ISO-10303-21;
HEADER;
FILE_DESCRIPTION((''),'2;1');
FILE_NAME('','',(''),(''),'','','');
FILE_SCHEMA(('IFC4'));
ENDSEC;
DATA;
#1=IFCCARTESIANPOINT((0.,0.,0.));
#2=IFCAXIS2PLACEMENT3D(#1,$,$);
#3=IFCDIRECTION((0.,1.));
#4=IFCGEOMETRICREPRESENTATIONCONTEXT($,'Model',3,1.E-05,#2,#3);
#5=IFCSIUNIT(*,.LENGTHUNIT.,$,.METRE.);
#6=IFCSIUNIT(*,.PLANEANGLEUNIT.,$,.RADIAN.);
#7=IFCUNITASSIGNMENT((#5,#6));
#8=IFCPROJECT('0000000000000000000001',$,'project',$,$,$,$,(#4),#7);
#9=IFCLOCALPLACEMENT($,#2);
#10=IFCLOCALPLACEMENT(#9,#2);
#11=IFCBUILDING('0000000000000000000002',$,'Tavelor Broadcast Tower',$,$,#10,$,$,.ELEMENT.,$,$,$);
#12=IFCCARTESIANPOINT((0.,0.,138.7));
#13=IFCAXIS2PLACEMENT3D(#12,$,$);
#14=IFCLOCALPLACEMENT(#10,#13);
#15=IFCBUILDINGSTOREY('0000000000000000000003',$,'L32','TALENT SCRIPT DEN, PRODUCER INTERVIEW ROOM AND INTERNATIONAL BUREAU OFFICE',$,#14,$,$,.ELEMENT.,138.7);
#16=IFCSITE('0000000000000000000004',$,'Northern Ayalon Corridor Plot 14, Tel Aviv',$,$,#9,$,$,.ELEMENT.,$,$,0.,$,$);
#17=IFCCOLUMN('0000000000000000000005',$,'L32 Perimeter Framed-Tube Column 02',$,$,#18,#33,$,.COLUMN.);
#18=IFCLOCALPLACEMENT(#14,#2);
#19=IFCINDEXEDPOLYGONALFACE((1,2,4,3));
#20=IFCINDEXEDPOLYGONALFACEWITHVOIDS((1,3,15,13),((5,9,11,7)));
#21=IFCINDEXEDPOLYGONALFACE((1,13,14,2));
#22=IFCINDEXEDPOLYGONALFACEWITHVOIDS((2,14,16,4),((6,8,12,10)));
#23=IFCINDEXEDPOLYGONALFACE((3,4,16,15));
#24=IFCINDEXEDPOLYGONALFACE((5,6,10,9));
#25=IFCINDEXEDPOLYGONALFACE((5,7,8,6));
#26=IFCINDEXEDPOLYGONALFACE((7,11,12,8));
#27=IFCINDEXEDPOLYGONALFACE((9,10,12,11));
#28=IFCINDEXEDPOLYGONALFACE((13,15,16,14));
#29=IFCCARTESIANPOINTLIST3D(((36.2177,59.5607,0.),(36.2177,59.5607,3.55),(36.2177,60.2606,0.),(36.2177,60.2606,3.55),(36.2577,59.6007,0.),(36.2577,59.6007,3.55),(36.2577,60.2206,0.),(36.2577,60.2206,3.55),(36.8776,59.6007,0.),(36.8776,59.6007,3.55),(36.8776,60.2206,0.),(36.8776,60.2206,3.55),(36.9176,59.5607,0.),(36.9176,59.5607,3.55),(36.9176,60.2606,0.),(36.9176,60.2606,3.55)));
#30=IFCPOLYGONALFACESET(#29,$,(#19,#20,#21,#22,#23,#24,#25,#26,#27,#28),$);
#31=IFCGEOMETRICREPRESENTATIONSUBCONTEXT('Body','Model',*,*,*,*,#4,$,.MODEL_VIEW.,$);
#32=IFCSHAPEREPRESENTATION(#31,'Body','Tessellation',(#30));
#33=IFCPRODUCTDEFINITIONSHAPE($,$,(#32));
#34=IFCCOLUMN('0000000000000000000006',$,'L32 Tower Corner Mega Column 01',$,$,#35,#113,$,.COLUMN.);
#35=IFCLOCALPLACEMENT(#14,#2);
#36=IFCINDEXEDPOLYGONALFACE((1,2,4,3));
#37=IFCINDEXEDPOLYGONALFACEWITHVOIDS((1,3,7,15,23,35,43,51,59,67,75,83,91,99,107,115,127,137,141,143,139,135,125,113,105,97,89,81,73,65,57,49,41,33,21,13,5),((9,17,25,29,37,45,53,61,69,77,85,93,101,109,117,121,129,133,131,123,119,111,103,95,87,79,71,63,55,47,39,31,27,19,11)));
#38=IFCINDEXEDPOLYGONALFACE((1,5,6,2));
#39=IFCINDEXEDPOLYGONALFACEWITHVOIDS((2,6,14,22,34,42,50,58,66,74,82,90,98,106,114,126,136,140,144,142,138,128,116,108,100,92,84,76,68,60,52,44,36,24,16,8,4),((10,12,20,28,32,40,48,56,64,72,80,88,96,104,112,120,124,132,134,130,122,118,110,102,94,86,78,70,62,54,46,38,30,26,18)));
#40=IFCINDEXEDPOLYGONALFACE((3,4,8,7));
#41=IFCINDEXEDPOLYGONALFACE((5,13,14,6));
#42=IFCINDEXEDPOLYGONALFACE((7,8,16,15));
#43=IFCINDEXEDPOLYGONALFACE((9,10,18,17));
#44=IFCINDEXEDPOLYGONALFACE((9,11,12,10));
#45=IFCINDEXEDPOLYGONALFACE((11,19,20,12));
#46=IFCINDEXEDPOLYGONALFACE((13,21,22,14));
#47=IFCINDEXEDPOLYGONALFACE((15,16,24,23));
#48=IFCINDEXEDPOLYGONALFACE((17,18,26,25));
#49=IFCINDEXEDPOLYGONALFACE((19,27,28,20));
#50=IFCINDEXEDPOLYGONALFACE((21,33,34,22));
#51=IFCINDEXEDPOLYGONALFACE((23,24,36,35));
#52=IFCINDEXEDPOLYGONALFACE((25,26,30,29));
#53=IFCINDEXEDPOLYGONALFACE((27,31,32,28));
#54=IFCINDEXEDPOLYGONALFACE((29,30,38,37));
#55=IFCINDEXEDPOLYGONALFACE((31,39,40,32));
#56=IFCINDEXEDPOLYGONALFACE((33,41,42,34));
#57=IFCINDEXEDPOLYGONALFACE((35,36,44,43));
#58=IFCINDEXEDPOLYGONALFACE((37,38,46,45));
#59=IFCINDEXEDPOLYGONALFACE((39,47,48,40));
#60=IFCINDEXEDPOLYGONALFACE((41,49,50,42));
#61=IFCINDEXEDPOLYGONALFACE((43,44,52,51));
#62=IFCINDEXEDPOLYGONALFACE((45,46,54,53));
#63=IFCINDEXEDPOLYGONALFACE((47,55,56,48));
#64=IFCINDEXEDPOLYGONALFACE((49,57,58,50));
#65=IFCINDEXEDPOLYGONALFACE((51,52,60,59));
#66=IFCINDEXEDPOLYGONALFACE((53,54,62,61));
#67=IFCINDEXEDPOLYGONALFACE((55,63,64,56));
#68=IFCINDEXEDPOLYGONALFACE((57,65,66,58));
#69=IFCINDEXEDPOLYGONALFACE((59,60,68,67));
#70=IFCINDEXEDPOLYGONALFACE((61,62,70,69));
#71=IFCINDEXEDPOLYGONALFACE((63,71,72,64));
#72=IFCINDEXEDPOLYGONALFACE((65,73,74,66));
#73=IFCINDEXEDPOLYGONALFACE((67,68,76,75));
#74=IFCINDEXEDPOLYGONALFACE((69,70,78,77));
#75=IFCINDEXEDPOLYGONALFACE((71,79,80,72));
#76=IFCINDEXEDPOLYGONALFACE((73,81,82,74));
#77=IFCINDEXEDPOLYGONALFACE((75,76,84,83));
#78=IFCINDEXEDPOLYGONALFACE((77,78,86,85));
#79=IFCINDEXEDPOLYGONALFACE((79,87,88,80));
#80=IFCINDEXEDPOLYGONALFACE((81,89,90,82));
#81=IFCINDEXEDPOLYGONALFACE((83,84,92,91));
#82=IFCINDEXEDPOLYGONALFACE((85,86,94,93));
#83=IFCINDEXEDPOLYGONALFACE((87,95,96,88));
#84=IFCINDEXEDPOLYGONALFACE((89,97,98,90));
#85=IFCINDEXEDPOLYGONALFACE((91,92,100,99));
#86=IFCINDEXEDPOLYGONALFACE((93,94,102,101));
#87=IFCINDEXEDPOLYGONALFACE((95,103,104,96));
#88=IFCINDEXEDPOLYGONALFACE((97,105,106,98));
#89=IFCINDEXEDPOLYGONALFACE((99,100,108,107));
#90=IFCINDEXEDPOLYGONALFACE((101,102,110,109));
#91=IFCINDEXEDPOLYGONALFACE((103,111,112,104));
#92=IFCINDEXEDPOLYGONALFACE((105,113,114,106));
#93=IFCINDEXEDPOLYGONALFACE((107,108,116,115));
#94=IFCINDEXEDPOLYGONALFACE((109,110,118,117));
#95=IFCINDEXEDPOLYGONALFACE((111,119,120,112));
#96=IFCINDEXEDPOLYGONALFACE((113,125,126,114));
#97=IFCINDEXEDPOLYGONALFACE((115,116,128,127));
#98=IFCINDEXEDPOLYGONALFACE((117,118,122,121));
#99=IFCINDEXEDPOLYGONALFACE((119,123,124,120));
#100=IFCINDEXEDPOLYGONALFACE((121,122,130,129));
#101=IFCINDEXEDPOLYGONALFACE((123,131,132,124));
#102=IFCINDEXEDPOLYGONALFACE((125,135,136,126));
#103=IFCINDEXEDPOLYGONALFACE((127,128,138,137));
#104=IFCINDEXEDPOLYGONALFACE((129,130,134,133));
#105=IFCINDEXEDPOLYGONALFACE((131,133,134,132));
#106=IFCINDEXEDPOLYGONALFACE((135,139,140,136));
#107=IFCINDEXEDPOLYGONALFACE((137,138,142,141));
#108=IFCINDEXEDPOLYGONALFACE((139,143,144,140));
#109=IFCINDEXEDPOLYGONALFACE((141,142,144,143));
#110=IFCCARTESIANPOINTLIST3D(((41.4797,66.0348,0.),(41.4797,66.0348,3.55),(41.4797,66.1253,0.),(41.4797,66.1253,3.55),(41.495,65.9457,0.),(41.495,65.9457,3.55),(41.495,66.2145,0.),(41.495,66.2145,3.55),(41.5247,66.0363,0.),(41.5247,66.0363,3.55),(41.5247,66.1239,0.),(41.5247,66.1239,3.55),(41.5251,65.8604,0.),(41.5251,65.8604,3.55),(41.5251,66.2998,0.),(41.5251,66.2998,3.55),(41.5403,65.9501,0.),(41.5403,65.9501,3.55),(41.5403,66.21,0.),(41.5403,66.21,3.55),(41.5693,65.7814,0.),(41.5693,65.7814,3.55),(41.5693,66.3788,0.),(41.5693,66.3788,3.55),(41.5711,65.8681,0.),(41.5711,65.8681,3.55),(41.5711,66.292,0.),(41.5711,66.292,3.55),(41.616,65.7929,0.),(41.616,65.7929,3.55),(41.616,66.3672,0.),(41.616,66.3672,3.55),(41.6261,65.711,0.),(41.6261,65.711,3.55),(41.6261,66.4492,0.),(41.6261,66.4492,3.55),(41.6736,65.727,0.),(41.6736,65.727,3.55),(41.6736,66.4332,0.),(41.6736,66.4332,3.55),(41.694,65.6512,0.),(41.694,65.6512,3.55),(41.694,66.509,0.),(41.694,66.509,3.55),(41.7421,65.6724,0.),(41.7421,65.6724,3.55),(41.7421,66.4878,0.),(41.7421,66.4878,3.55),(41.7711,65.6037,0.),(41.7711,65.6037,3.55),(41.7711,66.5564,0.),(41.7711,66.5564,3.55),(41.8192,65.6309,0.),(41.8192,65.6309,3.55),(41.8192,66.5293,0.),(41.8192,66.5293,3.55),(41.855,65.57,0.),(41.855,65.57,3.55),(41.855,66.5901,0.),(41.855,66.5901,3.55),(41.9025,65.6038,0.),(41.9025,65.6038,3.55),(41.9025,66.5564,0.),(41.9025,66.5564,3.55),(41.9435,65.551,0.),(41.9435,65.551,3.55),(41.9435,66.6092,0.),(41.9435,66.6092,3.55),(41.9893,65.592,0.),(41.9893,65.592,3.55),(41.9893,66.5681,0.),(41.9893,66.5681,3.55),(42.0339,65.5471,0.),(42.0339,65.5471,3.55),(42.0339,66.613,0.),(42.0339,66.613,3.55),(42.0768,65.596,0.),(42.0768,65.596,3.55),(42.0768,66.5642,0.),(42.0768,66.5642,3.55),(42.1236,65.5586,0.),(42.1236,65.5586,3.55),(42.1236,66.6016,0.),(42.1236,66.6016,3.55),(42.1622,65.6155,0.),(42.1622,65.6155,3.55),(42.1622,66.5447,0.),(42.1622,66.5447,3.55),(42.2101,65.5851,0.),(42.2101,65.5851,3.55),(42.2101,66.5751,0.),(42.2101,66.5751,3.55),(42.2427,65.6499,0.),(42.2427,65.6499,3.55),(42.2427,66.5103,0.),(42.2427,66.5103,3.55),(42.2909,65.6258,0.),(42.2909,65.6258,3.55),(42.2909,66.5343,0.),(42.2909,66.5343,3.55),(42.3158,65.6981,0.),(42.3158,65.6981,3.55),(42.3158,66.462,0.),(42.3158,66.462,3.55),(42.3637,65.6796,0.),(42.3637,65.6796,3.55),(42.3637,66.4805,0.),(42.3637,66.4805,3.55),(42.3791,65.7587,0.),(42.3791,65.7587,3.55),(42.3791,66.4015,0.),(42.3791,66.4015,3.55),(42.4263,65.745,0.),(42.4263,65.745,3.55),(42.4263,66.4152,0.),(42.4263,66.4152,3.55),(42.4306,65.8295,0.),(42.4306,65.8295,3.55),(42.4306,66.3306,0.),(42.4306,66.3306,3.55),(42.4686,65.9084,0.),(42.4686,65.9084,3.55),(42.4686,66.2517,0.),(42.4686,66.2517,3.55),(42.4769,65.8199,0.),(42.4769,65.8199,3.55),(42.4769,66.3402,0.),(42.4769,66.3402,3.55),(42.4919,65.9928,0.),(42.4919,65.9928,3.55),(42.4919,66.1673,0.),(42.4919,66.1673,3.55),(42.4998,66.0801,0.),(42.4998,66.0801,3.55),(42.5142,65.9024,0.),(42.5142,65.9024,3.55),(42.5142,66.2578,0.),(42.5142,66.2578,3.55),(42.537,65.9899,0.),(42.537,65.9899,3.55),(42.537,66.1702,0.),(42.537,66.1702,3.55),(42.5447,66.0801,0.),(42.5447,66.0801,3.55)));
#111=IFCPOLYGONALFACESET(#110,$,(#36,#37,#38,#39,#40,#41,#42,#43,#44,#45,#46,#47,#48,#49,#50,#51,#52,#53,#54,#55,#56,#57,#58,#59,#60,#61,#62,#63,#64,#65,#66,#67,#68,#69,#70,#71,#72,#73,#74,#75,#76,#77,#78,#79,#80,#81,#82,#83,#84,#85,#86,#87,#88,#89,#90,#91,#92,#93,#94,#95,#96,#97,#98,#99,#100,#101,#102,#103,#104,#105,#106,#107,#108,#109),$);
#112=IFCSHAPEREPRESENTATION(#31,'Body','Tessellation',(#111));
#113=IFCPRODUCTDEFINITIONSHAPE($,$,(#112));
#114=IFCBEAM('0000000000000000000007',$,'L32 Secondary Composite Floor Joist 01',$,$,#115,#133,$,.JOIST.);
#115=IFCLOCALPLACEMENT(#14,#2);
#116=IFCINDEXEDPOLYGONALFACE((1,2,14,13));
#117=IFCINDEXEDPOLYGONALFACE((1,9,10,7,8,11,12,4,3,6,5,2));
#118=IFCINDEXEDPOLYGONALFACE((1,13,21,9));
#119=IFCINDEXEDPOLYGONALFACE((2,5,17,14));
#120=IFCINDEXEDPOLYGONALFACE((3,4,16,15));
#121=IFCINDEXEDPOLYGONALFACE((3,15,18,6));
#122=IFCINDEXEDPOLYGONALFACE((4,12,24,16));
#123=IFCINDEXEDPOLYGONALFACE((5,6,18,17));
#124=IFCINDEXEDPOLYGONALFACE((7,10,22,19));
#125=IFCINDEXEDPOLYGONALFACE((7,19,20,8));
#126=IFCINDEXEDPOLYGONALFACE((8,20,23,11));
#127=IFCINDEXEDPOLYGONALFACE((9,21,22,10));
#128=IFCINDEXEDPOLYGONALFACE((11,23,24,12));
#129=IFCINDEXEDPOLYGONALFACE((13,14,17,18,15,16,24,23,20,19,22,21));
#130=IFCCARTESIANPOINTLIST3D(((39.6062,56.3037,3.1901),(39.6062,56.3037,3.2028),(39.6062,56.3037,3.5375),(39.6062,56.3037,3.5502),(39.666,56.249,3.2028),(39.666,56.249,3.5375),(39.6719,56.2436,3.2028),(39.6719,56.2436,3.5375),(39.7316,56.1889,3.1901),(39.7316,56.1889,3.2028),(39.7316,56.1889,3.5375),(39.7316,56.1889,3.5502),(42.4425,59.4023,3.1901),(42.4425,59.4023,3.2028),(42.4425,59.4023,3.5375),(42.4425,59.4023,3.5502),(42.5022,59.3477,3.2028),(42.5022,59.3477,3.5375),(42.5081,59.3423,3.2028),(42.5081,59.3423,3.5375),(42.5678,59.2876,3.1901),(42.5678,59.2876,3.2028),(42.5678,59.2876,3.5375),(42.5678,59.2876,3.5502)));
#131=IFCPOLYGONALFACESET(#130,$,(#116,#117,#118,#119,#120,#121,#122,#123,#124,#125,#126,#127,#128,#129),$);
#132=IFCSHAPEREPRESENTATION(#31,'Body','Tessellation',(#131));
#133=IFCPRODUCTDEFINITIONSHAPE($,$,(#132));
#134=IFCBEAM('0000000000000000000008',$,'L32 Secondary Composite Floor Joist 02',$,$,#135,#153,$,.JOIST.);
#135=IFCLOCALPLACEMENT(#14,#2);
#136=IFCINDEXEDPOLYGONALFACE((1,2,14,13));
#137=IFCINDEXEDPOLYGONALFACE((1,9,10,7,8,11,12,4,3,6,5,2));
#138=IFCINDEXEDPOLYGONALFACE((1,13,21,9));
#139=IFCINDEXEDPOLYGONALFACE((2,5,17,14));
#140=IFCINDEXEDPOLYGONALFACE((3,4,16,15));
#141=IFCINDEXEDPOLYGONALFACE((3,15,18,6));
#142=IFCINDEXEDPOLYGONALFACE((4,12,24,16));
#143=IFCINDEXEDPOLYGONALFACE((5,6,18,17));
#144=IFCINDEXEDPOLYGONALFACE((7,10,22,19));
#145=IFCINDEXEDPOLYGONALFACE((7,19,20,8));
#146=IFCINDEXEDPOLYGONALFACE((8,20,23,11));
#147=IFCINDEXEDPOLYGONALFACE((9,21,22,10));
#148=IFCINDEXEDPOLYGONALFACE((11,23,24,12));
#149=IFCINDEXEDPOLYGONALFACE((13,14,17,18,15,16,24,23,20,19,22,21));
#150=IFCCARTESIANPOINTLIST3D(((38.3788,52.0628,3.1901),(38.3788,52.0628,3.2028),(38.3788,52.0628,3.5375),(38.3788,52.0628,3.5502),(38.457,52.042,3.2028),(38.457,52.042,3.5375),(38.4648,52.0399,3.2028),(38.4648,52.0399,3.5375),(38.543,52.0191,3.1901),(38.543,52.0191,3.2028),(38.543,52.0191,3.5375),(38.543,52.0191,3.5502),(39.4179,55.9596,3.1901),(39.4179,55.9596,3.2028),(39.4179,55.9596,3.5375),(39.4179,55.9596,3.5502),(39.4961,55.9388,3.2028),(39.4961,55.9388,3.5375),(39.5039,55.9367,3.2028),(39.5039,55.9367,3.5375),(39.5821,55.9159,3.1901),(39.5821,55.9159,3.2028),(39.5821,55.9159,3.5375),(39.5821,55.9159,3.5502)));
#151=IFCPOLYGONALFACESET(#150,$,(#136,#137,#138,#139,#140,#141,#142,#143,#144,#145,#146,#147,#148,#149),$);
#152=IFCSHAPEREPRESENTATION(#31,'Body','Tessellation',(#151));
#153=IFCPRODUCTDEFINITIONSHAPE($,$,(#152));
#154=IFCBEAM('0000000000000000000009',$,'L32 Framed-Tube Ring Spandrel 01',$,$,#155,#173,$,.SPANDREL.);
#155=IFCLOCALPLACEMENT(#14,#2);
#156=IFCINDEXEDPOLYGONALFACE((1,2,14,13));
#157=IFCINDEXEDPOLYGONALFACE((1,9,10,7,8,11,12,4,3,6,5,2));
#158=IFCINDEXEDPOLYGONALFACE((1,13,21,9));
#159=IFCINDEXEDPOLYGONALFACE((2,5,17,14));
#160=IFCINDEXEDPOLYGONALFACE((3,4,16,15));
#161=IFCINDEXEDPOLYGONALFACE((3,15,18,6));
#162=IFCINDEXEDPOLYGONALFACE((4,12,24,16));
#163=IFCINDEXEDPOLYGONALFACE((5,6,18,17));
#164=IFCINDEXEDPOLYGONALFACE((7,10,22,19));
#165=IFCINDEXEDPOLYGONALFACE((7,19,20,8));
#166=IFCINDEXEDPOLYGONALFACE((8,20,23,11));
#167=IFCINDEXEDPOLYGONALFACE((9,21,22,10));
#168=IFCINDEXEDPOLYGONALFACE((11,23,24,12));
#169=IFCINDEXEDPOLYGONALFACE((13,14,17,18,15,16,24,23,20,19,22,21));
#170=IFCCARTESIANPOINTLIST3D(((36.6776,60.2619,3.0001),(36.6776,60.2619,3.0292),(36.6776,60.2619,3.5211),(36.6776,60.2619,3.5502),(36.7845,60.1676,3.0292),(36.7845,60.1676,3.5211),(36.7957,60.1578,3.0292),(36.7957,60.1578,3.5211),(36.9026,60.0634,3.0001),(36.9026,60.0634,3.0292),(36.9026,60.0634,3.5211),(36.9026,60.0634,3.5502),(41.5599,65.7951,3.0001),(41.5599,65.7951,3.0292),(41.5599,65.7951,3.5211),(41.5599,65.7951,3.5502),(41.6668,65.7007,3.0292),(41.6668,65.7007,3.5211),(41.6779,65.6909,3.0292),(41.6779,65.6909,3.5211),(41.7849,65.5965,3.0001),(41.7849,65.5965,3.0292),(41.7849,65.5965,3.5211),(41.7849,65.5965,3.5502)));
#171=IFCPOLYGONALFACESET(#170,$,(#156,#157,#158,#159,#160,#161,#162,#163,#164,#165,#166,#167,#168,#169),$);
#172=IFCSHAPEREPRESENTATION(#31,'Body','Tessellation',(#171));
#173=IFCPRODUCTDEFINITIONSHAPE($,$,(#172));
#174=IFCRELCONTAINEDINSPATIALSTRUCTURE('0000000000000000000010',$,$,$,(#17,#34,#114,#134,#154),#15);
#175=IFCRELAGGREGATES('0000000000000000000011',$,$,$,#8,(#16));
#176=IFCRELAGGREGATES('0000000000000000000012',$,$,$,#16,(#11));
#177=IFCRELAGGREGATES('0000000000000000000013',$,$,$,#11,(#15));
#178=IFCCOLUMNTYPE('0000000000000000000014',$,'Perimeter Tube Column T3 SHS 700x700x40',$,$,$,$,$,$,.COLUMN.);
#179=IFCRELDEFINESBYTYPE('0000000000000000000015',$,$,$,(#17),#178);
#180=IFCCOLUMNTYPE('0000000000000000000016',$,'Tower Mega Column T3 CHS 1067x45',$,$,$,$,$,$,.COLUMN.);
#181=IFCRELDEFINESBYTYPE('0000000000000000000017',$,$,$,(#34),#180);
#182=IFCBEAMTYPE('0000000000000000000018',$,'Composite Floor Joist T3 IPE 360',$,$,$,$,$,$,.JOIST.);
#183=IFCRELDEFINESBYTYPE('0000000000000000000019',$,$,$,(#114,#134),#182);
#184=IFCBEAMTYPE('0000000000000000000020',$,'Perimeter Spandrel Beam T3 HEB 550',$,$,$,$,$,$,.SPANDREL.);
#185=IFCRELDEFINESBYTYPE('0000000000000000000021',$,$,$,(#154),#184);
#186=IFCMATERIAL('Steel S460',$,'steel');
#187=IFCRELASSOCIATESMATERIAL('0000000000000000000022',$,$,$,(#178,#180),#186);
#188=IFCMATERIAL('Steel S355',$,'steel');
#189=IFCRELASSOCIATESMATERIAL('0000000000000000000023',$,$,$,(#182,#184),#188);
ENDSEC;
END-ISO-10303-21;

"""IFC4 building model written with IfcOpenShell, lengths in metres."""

from ifc_helpers import new_model, si_unit, direction, frame, origin, origin_2d, place, context, subcontext, project, spatial, hollow_rectangle, hollow_circle, i_section, extrude, material, material_profile, profile_set, type_object, element, save


model = new_model("IFC4")

# Units and contexts
model_context = context("Model", 3, precision=1e-05, world=origin(), true_north=direction((0.0, 1.0)))
body_context = subcontext(model_context, "Body", "Model", "MODEL_VIEW")
ifc_project = project(units=[si_unit("LENGTHUNIT", "METRE"), si_unit("PLANEANGLEUNIT", "RADIAN")], contexts=[model_context])

# Site, building, storey
site_placement = place(None, origin())
site = spatial("IfcSite", under=ifc_project, at=site_placement, Name="Northern Ayalon Corridor Plot 14, Tel Aviv", CompositionType="ELEMENT", RefElevation=0.0)
building_placement = place(site_placement, origin())
building = spatial("IfcBuilding", under=site, at=building_placement, Name="Tavelor Broadcast Tower", CompositionType="ELEMENT")
storey_placement = place(building_placement, frame((0.0, 0.0, 138.7)))
storey = spatial("IfcBuildingStorey", under=building, at=storey_placement, Name="L32", Description="TALENT SCRIPT DEN, PRODUCER INTERVIEW ROOM AND INTERNATIONAL BUREAU OFFICE", CompositionType="ELEMENT", Elevation=138.7)

# Columns
ifc_material_1 = material(Name="Steel S460", Category="steel")
ifc_material_profile_1 = material_profile(ifc_material_1, hollow_rectangle(XDim=0.7, YDim=0.7, WallThickness=0.04, at=origin_2d()), Name="SHS 700x700x40")
ifc_profile_set_1 = profile_set([ifc_material_profile_1], Name="Steel S460")
column_type_1 = type_object("IfcColumnType", Name="Perimeter Tube Column T3 SHS 700x700x40", PredefinedType="COLUMN", material=ifc_profile_set_1)
column_1_placement = place(storey_placement, frame((36.5676, 59.9106, 0.0), z_axis=(0.0, 0.0, 1.0), x_axis=(1.0, 0.0, 0.0)))
element("IfcColumn", 1, at=column_1_placement, inside=storey, type_object=column_type_1, Name="L32 Perimeter Framed-Tube Column 02", PredefinedType="COLUMN", context=body_context, shape_type="SweptSolid", body=[
    extrude(hollow_rectangle(XDim=0.7, YDim=0.7, WallThickness=0.04, at=origin_2d()), origin(), (0.0, 0.0, 1.0), 3.55),
])
ifc_material_profile_2 = material_profile(ifc_material_1, hollow_circle(Radius=0.5334, WallThickness=0.0449, at=origin_2d()), Name="CHS 1067x45")
ifc_profile_set_2 = profile_set([ifc_material_profile_2], Name="Steel S460")
column_type_2 = type_object("IfcColumnType", Name="Tower Mega Column T3 CHS 1067x45", PredefinedType="COLUMN", material=ifc_profile_set_2)
column_2_placement = place(storey_placement, frame((42.0112, 66.0801, 0.0), z_axis=(0.0, 0.0, 1.0), x_axis=(1.0, 0.0, 0.0)))
element("IfcColumn", 2, at=column_2_placement, inside=storey, type_object=column_type_2, Name="L32 Tower Corner Mega Column 01", PredefinedType="COLUMN", context=body_context, shape_type="SweptSolid", body=[
    extrude(hollow_circle(Radius=0.5334, WallThickness=0.0449, at=origin_2d()), origin(), (0.0, 0.0, 1.0), 3.55),
])

# Beams
ifc_material_2 = material(Name="Steel S355", Category="steel")
ifc_material_profile_3 = material_profile(ifc_material_2, i_section(OverallWidth=0.1699, OverallDepth=0.3601, WebThickness=0.0081, FlangeThickness=0.0127, at=origin_2d()), Name="IPE 360")
ifc_profile_set_3 = profile_set([ifc_material_profile_3], Name="Steel S355")
beam_type_1 = type_object("IfcBeamType", Name="Composite Floor Joist T3 IPE 360", PredefinedType="JOIST", material=ifc_profile_set_3)
beam_1_placement = place(storey_placement, frame((42.5051, 59.345, 3.3701), z_axis=(-0.675177, -0.737656, 0.0), x_axis=(0.737656, -0.675177, 0.0)))
element("IfcBeam", 3, at=beam_1_placement, inside=storey, type_object=beam_type_1, Name="L32 Secondary Composite Floor Joist 01", PredefinedType="JOIST", context=body_context, shape_type="SweptSolid", body=[
    extrude(i_section(OverallWidth=0.1699, OverallDepth=0.3601, WebThickness=0.0081, FlangeThickness=0.0127, at=origin_2d()), origin(), (0.0, 0.0, 1.0), 4.2007),
])
beam_2_placement = place(storey_placement, frame((39.5, 55.9377, 3.3701), z_axis=(-0.257648, -0.966239, 0.0), x_axis=(0.966239, -0.257648, 0.0)))
element("IfcBeam", 4, at=beam_2_placement, inside=storey, type_object=beam_type_1, Name="L32 Secondary Composite Floor Joist 02", PredefinedType="JOIST", context=body_context, shape_type="SweptSolid", body=[
    extrude(i_section(OverallWidth=0.1699, OverallDepth=0.3601, WebThickness=0.0081, FlangeThickness=0.0127, at=origin_2d()), origin(), (0.0, 0.0, 1.0), 4.033),
])
ifc_material_profile_4 = material_profile(ifc_material_2, i_section(OverallWidth=0.3, OverallDepth=0.55, WebThickness=0.0149, FlangeThickness=0.0291, at=origin_2d()), Name="HEB 550")
ifc_profile_set_4 = profile_set([ifc_material_profile_4], Name="Steel S355")
beam_type_2 = type_object("IfcBeamType", Name="Perimeter Spandrel Beam T3 HEB 550", PredefinedType="SPANDREL", material=ifc_profile_set_4)
beam_3_placement = place(storey_placement, frame((41.6724, 65.6958, 3.2751), z_axis=(-0.661628, -0.749832, 0.0), x_axis=(0.749832, -0.661628, 0.0)))
element("IfcBeam", 5, at=beam_3_placement, inside=storey, type_object=beam_type_2, Name="L32 Framed-Tube Ring Spandrel 01", PredefinedType="SPANDREL", context=body_context, shape_type="SweptSolid", body=[
    extrude(i_section(OverallWidth=0.3, OverallDepth=0.55, WebThickness=0.0149, FlangeThickness=0.0291, at=origin_2d()), origin(), (0.0, 0.0, 1.0), 7.3792),
])

save(model, "model.ifc")
